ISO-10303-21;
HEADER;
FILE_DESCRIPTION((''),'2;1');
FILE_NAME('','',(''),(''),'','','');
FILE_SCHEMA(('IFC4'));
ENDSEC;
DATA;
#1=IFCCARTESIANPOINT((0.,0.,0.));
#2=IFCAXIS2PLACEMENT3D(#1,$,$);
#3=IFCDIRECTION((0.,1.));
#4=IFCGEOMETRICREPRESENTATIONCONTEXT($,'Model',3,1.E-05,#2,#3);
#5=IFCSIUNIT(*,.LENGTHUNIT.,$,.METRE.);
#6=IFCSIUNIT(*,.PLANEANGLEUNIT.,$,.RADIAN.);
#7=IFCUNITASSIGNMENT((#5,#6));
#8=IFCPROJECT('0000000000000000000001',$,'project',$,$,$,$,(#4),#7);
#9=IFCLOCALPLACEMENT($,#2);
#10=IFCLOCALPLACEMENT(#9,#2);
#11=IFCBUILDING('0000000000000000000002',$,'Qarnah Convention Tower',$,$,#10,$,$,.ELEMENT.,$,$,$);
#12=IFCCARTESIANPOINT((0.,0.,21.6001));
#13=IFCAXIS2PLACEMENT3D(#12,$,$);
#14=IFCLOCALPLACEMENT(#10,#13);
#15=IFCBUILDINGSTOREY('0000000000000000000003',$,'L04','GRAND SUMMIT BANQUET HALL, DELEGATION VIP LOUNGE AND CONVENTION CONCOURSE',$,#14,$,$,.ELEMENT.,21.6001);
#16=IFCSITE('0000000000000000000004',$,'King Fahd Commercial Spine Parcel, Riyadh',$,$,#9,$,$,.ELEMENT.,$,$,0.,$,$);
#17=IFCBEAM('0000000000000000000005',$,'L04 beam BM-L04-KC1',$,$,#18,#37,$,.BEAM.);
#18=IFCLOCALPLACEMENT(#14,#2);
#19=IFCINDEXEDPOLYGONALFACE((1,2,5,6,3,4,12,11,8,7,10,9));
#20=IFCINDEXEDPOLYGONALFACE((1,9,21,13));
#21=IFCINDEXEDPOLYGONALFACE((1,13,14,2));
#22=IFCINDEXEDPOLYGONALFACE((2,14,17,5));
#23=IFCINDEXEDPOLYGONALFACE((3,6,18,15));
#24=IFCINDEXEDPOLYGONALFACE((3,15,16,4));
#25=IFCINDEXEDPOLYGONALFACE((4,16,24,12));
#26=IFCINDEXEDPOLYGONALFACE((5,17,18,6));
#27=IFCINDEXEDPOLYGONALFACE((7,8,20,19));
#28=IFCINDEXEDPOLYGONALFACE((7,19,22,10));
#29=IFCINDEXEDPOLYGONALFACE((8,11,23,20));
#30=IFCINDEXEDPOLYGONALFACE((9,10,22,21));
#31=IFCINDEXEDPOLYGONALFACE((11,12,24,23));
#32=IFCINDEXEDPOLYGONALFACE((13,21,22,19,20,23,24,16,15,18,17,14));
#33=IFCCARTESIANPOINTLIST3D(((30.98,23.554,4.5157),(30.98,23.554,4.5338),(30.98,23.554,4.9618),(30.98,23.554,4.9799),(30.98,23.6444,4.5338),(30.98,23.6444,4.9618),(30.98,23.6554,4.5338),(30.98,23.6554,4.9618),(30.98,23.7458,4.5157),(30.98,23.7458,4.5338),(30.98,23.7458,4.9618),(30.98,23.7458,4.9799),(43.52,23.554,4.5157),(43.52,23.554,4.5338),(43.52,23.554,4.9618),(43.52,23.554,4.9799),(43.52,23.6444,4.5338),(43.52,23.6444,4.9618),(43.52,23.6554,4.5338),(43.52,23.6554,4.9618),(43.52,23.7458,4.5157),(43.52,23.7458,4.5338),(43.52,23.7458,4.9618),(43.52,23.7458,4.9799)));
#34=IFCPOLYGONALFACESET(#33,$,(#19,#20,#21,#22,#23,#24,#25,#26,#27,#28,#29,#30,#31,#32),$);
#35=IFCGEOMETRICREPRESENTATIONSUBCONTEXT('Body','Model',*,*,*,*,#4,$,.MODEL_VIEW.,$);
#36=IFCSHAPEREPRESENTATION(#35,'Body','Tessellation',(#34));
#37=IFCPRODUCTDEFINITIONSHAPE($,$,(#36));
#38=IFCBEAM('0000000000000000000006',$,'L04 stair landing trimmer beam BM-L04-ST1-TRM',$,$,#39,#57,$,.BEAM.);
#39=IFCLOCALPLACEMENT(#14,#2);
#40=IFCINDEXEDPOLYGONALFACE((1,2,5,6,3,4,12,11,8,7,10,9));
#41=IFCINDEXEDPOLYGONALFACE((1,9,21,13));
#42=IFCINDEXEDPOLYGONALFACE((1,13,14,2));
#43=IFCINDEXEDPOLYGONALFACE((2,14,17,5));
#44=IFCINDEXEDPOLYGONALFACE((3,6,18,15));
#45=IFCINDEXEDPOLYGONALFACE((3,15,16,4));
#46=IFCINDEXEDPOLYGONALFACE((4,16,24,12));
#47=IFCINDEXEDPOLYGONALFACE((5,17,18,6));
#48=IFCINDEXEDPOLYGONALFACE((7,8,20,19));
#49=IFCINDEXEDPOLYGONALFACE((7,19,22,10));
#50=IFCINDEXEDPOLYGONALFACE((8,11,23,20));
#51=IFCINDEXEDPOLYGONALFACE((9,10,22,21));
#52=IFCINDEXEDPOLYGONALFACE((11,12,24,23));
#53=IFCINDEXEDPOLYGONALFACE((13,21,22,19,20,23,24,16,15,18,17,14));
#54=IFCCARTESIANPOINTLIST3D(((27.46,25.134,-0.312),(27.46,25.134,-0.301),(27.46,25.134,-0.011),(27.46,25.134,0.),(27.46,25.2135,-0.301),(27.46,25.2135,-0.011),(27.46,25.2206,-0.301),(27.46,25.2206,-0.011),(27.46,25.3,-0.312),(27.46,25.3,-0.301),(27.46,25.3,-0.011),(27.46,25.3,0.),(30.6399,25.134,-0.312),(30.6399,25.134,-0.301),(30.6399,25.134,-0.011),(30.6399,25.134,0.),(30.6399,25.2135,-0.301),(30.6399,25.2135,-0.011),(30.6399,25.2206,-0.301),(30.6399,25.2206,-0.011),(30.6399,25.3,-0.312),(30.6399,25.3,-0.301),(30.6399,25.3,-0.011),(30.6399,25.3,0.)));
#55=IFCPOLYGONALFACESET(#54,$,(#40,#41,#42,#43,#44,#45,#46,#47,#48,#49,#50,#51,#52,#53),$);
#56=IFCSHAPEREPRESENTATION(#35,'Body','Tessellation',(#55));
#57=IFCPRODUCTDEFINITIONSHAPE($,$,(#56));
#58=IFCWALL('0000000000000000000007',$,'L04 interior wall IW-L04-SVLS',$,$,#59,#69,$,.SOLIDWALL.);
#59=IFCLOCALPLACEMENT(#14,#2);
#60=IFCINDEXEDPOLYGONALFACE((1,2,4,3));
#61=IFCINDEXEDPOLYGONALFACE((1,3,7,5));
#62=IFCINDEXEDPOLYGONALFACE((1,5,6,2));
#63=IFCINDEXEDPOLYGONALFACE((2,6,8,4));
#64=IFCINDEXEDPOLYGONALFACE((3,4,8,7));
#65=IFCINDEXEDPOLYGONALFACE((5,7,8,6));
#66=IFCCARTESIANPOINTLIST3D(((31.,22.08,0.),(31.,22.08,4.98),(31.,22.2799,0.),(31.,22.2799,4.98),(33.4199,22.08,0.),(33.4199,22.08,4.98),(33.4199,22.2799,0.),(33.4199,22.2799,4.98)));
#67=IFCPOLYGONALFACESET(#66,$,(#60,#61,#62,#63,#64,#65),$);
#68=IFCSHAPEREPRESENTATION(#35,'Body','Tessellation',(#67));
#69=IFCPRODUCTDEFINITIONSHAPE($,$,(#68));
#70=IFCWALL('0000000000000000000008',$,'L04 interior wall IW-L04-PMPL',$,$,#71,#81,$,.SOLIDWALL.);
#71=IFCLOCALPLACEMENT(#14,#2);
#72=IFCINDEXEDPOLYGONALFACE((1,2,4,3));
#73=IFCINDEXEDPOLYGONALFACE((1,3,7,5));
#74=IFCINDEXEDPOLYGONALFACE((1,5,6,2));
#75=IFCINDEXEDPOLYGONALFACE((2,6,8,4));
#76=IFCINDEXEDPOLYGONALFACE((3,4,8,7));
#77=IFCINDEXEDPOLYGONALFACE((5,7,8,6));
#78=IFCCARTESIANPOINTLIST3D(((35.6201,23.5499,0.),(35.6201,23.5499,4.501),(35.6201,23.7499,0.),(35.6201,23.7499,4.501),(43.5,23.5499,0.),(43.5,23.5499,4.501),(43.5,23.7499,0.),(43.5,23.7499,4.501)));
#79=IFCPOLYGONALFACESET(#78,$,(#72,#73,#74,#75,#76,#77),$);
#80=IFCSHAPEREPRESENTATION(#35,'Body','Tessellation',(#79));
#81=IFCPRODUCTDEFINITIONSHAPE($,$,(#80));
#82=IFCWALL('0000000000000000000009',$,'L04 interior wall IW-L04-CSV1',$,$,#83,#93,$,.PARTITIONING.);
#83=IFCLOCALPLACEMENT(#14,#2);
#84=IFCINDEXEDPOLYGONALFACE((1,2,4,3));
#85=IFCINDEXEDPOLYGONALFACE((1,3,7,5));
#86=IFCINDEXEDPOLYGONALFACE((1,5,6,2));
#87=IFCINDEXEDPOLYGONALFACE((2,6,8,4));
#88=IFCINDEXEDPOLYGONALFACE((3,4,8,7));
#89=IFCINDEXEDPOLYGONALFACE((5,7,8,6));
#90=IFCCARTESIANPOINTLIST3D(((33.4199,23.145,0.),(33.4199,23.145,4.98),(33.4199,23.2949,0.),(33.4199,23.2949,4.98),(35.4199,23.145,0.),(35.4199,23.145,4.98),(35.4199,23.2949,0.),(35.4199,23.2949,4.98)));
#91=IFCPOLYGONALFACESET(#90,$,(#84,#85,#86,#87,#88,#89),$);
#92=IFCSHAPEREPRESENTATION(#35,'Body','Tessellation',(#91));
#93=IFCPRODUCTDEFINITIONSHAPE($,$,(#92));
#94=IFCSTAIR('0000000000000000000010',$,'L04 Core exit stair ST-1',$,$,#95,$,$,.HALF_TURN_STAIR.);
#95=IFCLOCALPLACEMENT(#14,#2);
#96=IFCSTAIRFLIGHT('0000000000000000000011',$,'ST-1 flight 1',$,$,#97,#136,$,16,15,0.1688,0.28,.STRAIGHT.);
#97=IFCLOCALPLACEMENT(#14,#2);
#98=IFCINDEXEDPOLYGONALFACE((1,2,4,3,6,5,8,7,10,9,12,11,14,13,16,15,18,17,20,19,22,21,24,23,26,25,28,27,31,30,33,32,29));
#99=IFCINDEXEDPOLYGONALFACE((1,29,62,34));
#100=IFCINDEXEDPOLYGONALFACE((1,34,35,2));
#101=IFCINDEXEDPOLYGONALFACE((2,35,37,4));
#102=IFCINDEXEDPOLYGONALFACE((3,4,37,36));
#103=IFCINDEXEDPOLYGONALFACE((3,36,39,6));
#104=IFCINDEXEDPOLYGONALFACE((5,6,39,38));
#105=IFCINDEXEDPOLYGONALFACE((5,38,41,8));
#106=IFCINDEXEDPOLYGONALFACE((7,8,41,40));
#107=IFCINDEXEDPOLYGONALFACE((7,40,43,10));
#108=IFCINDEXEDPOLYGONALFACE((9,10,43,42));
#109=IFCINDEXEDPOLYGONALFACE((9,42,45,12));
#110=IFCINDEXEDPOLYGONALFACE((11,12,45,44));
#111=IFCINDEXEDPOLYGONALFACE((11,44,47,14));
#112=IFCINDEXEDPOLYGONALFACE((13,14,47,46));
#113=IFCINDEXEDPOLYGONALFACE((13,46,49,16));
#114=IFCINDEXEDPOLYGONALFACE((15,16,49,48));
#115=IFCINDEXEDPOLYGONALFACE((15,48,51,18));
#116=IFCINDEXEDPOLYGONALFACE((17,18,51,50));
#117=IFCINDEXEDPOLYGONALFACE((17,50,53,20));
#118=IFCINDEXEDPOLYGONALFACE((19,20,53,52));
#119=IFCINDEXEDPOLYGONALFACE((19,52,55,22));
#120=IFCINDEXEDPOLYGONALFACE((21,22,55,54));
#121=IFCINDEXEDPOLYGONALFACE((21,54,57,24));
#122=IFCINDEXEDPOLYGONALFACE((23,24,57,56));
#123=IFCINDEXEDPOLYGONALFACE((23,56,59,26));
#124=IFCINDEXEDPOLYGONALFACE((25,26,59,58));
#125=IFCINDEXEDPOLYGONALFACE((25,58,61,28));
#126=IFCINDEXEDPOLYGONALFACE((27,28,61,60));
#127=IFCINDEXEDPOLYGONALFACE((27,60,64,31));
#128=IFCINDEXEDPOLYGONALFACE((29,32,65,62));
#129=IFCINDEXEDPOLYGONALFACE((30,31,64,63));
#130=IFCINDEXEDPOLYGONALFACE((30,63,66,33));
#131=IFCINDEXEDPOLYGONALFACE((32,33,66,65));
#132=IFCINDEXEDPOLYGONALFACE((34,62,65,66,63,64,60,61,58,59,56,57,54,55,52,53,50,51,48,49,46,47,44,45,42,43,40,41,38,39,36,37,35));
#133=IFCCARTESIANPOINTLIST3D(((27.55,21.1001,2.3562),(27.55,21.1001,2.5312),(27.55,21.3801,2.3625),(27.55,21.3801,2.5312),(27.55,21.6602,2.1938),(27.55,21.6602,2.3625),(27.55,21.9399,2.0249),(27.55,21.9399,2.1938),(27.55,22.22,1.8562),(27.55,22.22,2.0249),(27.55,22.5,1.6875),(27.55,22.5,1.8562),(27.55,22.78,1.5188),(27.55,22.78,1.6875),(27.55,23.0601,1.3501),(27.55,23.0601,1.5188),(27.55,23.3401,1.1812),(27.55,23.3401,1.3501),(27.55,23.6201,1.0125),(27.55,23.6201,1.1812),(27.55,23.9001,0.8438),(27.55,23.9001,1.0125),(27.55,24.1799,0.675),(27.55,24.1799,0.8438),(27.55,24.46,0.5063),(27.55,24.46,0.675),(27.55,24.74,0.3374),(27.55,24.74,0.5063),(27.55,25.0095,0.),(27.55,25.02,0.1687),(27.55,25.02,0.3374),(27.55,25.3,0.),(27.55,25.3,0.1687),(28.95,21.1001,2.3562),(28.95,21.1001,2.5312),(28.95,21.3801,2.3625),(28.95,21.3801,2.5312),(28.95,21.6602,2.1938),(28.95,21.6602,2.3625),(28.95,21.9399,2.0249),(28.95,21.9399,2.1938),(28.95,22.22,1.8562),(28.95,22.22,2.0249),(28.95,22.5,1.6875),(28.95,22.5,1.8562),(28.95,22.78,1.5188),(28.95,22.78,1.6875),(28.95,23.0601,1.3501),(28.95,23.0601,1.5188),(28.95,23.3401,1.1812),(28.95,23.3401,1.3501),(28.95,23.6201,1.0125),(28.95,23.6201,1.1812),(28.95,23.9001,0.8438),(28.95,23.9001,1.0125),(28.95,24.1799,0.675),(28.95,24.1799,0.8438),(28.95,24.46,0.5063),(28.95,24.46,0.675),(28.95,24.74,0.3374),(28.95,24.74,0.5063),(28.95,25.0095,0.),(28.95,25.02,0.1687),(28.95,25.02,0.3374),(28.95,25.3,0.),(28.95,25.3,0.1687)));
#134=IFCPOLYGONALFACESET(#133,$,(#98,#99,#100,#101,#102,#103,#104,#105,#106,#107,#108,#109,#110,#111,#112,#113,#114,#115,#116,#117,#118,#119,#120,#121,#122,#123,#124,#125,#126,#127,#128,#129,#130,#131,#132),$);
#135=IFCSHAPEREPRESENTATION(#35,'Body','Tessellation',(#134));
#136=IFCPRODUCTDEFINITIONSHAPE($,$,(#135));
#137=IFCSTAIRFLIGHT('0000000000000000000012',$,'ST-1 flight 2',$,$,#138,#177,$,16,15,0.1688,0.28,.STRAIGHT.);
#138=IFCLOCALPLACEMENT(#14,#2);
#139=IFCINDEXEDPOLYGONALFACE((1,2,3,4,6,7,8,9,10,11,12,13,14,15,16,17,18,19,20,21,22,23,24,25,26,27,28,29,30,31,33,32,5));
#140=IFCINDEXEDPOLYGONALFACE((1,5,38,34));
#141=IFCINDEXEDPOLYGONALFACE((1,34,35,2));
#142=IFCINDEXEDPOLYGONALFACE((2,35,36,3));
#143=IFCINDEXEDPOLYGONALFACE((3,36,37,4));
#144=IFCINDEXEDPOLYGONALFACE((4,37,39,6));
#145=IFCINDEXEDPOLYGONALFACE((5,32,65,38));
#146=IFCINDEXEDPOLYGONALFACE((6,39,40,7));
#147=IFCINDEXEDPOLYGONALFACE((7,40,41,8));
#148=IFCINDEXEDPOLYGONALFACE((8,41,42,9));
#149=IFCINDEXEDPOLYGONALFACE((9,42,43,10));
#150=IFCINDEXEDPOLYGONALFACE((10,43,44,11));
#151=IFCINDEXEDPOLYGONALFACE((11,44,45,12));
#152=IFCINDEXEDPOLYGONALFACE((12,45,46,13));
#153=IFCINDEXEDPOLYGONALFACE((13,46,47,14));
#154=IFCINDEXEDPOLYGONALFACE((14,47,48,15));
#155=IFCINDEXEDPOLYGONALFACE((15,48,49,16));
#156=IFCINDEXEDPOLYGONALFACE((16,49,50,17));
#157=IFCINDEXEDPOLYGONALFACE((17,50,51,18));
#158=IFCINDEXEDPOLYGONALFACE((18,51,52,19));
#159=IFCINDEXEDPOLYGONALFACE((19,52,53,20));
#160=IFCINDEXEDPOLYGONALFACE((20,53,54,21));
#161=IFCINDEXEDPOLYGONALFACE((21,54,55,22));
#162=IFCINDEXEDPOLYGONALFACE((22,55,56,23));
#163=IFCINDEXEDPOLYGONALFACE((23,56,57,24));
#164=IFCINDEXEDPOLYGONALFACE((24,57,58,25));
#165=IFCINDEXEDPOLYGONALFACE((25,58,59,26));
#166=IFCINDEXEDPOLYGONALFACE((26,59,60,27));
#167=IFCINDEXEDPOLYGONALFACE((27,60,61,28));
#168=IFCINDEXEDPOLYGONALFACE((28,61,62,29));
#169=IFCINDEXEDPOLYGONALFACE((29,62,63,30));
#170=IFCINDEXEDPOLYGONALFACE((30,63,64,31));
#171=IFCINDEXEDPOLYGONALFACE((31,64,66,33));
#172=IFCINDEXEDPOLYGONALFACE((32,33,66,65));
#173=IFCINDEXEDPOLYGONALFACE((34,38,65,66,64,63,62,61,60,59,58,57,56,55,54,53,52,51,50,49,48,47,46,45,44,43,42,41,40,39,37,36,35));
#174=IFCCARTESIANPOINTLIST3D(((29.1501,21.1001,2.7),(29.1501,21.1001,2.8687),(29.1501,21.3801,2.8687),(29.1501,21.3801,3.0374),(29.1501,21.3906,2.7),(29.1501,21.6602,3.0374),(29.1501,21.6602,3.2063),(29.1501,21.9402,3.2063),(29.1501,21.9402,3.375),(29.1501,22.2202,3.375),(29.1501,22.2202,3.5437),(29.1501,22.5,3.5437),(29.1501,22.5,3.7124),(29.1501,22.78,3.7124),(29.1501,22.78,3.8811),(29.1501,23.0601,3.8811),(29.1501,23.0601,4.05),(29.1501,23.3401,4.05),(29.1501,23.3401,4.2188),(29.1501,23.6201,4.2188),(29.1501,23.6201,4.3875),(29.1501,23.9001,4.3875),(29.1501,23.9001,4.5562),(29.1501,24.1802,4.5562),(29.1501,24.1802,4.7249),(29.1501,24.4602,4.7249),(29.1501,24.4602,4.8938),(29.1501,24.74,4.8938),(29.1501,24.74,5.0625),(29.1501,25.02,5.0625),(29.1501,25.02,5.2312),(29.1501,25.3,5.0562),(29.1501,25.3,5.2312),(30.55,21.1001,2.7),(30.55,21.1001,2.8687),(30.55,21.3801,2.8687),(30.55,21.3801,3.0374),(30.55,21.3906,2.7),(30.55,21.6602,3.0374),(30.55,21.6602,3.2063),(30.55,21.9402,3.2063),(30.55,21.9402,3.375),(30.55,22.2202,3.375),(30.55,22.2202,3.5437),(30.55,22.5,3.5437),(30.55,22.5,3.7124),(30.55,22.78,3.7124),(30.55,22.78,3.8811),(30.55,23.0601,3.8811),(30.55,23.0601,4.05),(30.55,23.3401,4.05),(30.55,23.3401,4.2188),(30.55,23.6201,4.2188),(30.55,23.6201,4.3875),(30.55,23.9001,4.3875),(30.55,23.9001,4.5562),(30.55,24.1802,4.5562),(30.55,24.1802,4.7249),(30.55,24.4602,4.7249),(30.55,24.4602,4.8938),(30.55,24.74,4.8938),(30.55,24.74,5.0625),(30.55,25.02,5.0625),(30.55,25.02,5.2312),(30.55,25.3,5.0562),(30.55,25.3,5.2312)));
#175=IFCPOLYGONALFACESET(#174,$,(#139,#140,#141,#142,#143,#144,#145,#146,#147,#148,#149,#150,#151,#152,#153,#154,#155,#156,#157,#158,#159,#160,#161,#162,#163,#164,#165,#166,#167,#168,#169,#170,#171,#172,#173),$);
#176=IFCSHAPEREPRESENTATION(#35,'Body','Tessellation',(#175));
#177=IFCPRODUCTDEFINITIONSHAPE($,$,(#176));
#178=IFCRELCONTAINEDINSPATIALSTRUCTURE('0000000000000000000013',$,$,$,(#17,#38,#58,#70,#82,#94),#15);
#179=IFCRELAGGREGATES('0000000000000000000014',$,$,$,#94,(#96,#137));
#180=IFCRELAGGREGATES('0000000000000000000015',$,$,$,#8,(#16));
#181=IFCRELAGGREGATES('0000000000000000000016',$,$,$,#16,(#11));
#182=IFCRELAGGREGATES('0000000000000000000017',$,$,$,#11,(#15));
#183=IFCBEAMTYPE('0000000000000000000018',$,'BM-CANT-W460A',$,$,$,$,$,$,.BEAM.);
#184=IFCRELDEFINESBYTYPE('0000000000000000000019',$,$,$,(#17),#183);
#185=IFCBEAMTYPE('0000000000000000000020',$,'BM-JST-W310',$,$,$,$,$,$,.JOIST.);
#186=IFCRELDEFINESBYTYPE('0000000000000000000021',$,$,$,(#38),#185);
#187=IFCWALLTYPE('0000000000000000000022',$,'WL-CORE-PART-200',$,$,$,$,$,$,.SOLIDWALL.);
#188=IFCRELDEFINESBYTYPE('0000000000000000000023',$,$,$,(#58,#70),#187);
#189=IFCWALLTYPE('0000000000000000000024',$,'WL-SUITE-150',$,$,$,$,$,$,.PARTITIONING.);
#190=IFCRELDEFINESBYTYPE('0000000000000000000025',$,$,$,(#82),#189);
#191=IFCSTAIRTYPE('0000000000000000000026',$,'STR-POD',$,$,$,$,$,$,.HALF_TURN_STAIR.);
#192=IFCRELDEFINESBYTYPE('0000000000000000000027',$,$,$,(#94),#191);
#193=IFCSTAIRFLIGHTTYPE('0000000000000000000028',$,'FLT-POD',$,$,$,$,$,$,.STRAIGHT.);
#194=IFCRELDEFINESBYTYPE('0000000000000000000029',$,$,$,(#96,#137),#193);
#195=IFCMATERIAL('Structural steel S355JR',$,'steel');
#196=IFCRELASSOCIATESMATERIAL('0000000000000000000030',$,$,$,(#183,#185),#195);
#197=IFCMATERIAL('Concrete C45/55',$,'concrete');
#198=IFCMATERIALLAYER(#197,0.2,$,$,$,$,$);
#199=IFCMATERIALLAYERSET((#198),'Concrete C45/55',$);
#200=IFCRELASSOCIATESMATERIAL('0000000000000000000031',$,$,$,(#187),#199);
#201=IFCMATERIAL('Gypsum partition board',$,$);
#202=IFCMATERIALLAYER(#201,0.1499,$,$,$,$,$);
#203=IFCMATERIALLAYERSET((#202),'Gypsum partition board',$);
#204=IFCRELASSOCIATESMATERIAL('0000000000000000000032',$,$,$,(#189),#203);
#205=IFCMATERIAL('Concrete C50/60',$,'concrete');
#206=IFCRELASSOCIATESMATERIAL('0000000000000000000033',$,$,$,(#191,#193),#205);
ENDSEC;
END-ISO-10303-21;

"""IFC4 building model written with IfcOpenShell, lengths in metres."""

from ifc_helpers import new_model, si_unit, direction, frame, frame_2d, origin, origin_2d, place, context, subcontext, project, spatial, polyline, rectangle, i_section, outline, extrude, material, layer, layer_set, material_profile, profile_set, type_object, element, aggregate, save


model = new_model("IFC4")

# Units and contexts
model_context = context("Model", 3, precision=1e-05, world=origin(), true_north=direction((0.0, 1.0)))
body_context = subcontext(model_context, "Body", "Model", "MODEL_VIEW")
ifc_project = project(units=[si_unit("LENGTHUNIT", "METRE"), si_unit("PLANEANGLEUNIT", "RADIAN")], contexts=[model_context])

# Site, building, storey
site_placement = place(None, origin())
site = spatial("IfcSite", under=ifc_project, at=site_placement, Name="King Fahd Commercial Spine Parcel, Riyadh", CompositionType="ELEMENT", RefElevation=0.0)
building_placement = place(site_placement, origin())
building = spatial("IfcBuilding", under=site, at=building_placement, Name="Qarnah Convention Tower", CompositionType="ELEMENT")
storey_placement = place(building_placement, frame((0.0, 0.0, 21.6001)))
storey = spatial("IfcBuildingStorey", under=building, at=storey_placement, Name="L04", Description="GRAND SUMMIT BANQUET HALL, DELEGATION VIP LOUNGE AND CONVENTION CONCOURSE", CompositionType="ELEMENT", Elevation=21.6001)

# Beams
ifc_material_1 = material(Name="Structural steel S355JR", Category="steel")
ifc_material_profile_1 = material_profile(ifc_material_1, i_section(OverallWidth=0.1919, OverallDepth=0.4641, WebThickness=0.011, FlangeThickness=0.0181, at=origin_2d()), Name="W460X89")
ifc_profile_set_1 = profile_set([ifc_material_profile_1], Name="Structural steel S355JR")
beam_type_1 = type_object("IfcBeamType", Name="BM-CANT-W460A", PredefinedType="BEAM", material=ifc_profile_set_1)
beam_1_placement = place(storey_placement, frame((30.98, 23.6499, 4.7478), z_axis=(1.0, 0.0, 0.0), x_axis=(0.0, 1.0, 0.0)))
element("IfcBeam", 1, at=beam_1_placement, inside=storey, type_object=beam_type_1, Name="L04 beam BM-L04-KC1", PredefinedType="BEAM", context=body_context, shape_type="SweptSolid", body=[
    extrude(i_section(OverallWidth=0.1919, OverallDepth=0.4641, WebThickness=0.011, FlangeThickness=0.0181, at=origin_2d()), origin(), (0.0, 0.0, 1.0), 12.54),
])
ifc_material_profile_2 = material_profile(ifc_material_1, i_section(OverallWidth=0.166, OverallDepth=0.312, WebThickness=0.0071, FlangeThickness=0.011, at=origin_2d()), Name="W310X45")
ifc_profile_set_2 = profile_set([ifc_material_profile_2], Name="Structural steel S355JR")
beam_type_2 = type_object("IfcBeamType", Name="BM-JST-W310", PredefinedType="JOIST", material=ifc_profile_set_2)
beam_2_placement = place(storey_placement, frame((27.46, 25.217, -0.156), z_axis=(1.0, 0.0, 0.0), x_axis=(0.0, 1.0, 0.0)))
element("IfcBeam", 2, at=beam_2_placement, inside=storey, type_object=beam_type_2, Name="L04 stair landing trimmer beam BM-L04-ST1-TRM", PredefinedType="BEAM", context=body_context, shape_type="SweptSolid", body=[
    extrude(i_section(OverallWidth=0.166, OverallDepth=0.312, WebThickness=0.0071, FlangeThickness=0.011, at=origin_2d()), origin(), (0.0, 0.0, 1.0), 3.1799),
])

# Shared definitions
ifc_material_2 = material(Name="Concrete C45/55", Category="concrete")
ifc_layer_1 = layer(ifc_material_2, 0.2)
ifc_layer_set_1 = layer_set([ifc_layer_1], Name="Concrete C45/55")
wall_type_1 = type_object("IfcWallType", Name="WL-CORE-PART-200", PredefinedType="SOLIDWALL", material=ifc_layer_set_1)

# Walls
wall_1_placement = place(storey_placement, frame((31.0, 22.1799, 0.0), z_axis=(0.0, 0.0, 1.0), x_axis=(1.0, 0.0, 0.0)))
element("IfcWall", 3, at=wall_1_placement, inside=storey, type_object=wall_type_1, Name="L04 interior wall IW-L04-SVLS", PredefinedType="SOLIDWALL", context=body_context, shape_type="SweptSolid", body=[
    extrude(rectangle(XDim=2.4199, YDim=0.2, at=frame_2d((1.21, 0.0))), origin(), (0.0, 0.0, 1.0), 4.98),
])
wall_2_placement = place(storey_placement, frame((35.6201, 23.6499, 0.0), z_axis=(0.0, 0.0, 1.0), x_axis=(1.0, 0.0, 0.0)))
element("IfcWall", 4, at=wall_2_placement, inside=storey, type_object=wall_type_1, Name="L04 interior wall IW-L04-PMPL", PredefinedType="SOLIDWALL", context=body_context, shape_type="SweptSolid", body=[
    extrude(rectangle(XDim=7.8799, YDim=0.2, at=frame_2d((3.9399, 0.0))), origin(), (0.0, 0.0, 1.0), 4.501),
])

# Wall
ifc_material_3 = material(Name="Gypsum partition board")
ifc_layer_2 = layer(ifc_material_3, 0.1499)
ifc_layer_set_2 = layer_set([ifc_layer_2], Name="Gypsum partition board")
wall_type_2 = type_object("IfcWallType", Name="WL-SUITE-150", PredefinedType="PARTITIONING", material=ifc_layer_set_2)
wall_3_placement = place(storey_placement, frame((33.4199, 23.22, 0.0), z_axis=(0.0, 0.0, 1.0), x_axis=(1.0, 0.0, 0.0)))
element("IfcWall", 5, at=wall_3_placement, inside=storey, type_object=wall_type_2, Name="L04 interior wall IW-L04-CSV1", PredefinedType="PARTITIONING", context=body_context, shape_type="SweptSolid", body=[
    extrude(rectangle(XDim=2.0, YDim=0.1499, at=frame_2d((1.0, 0.0))), origin(), (0.0, 0.0, 1.0), 4.98),
])

# Stair, stair flights
ifc_material_4 = material(Name="Concrete C50/60", Category="concrete")
stair_type = type_object("IfcStairType", Name="STR-POD", PredefinedType="HALF_TURN_STAIR", material=ifc_material_4)
stair_placement = place(storey_placement, origin())
stair = element("IfcStair", 6, at=stair_placement, inside=storey, type_object=stair_type, Name="L04 Core exit stair ST-1", PredefinedType="HALF_TURN_STAIR")
stair_flight_type = type_object("IfcStairFlightType", Name="FLT-POD", PredefinedType="STRAIGHT", material=ifc_material_4)
stair_flight_1_placement = place(storey_placement, frame((28.25, 25.3, 0.0), z_axis=(0.0, 0.0, 1.0), x_axis=(0.0, -1.0, 0.0)))
stair_flight_1 = element("IfcStairFlight", 7, at=stair_flight_1_placement, type_object=stair_flight_type, Name="ST-1 flight 1", NumberOfRisers=16, NumberOfTreads=15, PredefinedType="STRAIGHT", RiserHeight=0.1688, TreadLength=0.28, context=body_context, shape_type="SweptSolid", body=[
    extrude(outline(polyline([(0.0, 0.0), (0.0, 0.1687), (0.28, 0.1687), (0.28, 0.3374), (0.5601, 0.3374), (0.5601, 0.5063), (0.8401, 0.5063), (0.8401, 0.675), (1.1201, 0.675), (1.1201, 0.8438), (1.3999, 0.8438), (1.3999, 1.0125), (1.6799, 1.0125), (1.6799, 1.1812), (1.96, 1.1812), (1.96, 1.3501), (2.24, 1.3501), (2.24, 1.5188), (2.52, 1.5188), (2.52, 1.6875), (2.8, 1.6875), (2.8, 1.8562), (3.0801, 1.8562), (3.0801, 2.0249), (3.3601, 2.0249), (3.3601, 2.1938), (3.6399, 2.1938), (3.6399, 2.3625), (3.9199, 2.3625), (3.9199, 2.5312), (4.2, 2.5312), (4.2, 2.7), (4.2, 2.3562), (0.2905, 0.0), (0.0, 0.0)])), frame((0.0, 0.7, 0.0), z_axis=(0.0, -1.0, 0.0), x_axis=(1.0, 0.0, 0.0)), (0.0, 0.0, 1.0), 1.3999),
])
stair_flight_2_placement = place(storey_placement, frame((29.8501, 21.1001, 2.7), z_axis=(0.0, 0.0, 1.0), x_axis=(0.0, 1.0, 0.0)))
stair_flight_2 = element("IfcStairFlight", 8, at=stair_flight_2_placement, type_object=stair_flight_type, Name="ST-1 flight 2", NumberOfRisers=16, NumberOfTreads=15, PredefinedType="STRAIGHT", RiserHeight=0.1688, TreadLength=0.28, context=body_context, shape_type="SweptSolid", body=[
    extrude(outline(polyline([(0.0, 0.0), (0.0, 0.1687), (0.28, 0.1687), (0.28, 0.3374), (0.5601, 0.3374), (0.5601, 0.5063), (0.8401, 0.5063), (0.8401, 0.675), (1.1201, 0.675), (1.1201, 0.8438), (1.3999, 0.8438), (1.3999, 1.0125), (1.6799, 1.0125), (1.6799, 1.1812), (1.96, 1.1812), (1.96, 1.3501), (2.24, 1.3501), (2.24, 1.5188), (2.52, 1.5188), (2.52, 1.6875), (2.8, 1.6875), (2.8, 1.8562), (3.0801, 1.8562), (3.0801, 2.0249), (3.3601, 2.0249), (3.3601, 2.1938), (3.6399, 2.1938), (3.6399, 2.3625), (3.9199, 2.3625), (3.9199, 2.5312), (4.2, 2.5312), (4.2, 2.7), (4.2, 2.3562), (0.2905, 0.0), (0.0, 0.0)])), frame((0.0, 0.7, 0.0), z_axis=(0.0, -1.0, 0.0), x_axis=(1.0, 0.0, 0.0)), (0.0, 0.0, 1.0), 1.3999),
])
aggregate(stair, [stair_flight_1, stair_flight_2])

save(model, "model.ifc")
